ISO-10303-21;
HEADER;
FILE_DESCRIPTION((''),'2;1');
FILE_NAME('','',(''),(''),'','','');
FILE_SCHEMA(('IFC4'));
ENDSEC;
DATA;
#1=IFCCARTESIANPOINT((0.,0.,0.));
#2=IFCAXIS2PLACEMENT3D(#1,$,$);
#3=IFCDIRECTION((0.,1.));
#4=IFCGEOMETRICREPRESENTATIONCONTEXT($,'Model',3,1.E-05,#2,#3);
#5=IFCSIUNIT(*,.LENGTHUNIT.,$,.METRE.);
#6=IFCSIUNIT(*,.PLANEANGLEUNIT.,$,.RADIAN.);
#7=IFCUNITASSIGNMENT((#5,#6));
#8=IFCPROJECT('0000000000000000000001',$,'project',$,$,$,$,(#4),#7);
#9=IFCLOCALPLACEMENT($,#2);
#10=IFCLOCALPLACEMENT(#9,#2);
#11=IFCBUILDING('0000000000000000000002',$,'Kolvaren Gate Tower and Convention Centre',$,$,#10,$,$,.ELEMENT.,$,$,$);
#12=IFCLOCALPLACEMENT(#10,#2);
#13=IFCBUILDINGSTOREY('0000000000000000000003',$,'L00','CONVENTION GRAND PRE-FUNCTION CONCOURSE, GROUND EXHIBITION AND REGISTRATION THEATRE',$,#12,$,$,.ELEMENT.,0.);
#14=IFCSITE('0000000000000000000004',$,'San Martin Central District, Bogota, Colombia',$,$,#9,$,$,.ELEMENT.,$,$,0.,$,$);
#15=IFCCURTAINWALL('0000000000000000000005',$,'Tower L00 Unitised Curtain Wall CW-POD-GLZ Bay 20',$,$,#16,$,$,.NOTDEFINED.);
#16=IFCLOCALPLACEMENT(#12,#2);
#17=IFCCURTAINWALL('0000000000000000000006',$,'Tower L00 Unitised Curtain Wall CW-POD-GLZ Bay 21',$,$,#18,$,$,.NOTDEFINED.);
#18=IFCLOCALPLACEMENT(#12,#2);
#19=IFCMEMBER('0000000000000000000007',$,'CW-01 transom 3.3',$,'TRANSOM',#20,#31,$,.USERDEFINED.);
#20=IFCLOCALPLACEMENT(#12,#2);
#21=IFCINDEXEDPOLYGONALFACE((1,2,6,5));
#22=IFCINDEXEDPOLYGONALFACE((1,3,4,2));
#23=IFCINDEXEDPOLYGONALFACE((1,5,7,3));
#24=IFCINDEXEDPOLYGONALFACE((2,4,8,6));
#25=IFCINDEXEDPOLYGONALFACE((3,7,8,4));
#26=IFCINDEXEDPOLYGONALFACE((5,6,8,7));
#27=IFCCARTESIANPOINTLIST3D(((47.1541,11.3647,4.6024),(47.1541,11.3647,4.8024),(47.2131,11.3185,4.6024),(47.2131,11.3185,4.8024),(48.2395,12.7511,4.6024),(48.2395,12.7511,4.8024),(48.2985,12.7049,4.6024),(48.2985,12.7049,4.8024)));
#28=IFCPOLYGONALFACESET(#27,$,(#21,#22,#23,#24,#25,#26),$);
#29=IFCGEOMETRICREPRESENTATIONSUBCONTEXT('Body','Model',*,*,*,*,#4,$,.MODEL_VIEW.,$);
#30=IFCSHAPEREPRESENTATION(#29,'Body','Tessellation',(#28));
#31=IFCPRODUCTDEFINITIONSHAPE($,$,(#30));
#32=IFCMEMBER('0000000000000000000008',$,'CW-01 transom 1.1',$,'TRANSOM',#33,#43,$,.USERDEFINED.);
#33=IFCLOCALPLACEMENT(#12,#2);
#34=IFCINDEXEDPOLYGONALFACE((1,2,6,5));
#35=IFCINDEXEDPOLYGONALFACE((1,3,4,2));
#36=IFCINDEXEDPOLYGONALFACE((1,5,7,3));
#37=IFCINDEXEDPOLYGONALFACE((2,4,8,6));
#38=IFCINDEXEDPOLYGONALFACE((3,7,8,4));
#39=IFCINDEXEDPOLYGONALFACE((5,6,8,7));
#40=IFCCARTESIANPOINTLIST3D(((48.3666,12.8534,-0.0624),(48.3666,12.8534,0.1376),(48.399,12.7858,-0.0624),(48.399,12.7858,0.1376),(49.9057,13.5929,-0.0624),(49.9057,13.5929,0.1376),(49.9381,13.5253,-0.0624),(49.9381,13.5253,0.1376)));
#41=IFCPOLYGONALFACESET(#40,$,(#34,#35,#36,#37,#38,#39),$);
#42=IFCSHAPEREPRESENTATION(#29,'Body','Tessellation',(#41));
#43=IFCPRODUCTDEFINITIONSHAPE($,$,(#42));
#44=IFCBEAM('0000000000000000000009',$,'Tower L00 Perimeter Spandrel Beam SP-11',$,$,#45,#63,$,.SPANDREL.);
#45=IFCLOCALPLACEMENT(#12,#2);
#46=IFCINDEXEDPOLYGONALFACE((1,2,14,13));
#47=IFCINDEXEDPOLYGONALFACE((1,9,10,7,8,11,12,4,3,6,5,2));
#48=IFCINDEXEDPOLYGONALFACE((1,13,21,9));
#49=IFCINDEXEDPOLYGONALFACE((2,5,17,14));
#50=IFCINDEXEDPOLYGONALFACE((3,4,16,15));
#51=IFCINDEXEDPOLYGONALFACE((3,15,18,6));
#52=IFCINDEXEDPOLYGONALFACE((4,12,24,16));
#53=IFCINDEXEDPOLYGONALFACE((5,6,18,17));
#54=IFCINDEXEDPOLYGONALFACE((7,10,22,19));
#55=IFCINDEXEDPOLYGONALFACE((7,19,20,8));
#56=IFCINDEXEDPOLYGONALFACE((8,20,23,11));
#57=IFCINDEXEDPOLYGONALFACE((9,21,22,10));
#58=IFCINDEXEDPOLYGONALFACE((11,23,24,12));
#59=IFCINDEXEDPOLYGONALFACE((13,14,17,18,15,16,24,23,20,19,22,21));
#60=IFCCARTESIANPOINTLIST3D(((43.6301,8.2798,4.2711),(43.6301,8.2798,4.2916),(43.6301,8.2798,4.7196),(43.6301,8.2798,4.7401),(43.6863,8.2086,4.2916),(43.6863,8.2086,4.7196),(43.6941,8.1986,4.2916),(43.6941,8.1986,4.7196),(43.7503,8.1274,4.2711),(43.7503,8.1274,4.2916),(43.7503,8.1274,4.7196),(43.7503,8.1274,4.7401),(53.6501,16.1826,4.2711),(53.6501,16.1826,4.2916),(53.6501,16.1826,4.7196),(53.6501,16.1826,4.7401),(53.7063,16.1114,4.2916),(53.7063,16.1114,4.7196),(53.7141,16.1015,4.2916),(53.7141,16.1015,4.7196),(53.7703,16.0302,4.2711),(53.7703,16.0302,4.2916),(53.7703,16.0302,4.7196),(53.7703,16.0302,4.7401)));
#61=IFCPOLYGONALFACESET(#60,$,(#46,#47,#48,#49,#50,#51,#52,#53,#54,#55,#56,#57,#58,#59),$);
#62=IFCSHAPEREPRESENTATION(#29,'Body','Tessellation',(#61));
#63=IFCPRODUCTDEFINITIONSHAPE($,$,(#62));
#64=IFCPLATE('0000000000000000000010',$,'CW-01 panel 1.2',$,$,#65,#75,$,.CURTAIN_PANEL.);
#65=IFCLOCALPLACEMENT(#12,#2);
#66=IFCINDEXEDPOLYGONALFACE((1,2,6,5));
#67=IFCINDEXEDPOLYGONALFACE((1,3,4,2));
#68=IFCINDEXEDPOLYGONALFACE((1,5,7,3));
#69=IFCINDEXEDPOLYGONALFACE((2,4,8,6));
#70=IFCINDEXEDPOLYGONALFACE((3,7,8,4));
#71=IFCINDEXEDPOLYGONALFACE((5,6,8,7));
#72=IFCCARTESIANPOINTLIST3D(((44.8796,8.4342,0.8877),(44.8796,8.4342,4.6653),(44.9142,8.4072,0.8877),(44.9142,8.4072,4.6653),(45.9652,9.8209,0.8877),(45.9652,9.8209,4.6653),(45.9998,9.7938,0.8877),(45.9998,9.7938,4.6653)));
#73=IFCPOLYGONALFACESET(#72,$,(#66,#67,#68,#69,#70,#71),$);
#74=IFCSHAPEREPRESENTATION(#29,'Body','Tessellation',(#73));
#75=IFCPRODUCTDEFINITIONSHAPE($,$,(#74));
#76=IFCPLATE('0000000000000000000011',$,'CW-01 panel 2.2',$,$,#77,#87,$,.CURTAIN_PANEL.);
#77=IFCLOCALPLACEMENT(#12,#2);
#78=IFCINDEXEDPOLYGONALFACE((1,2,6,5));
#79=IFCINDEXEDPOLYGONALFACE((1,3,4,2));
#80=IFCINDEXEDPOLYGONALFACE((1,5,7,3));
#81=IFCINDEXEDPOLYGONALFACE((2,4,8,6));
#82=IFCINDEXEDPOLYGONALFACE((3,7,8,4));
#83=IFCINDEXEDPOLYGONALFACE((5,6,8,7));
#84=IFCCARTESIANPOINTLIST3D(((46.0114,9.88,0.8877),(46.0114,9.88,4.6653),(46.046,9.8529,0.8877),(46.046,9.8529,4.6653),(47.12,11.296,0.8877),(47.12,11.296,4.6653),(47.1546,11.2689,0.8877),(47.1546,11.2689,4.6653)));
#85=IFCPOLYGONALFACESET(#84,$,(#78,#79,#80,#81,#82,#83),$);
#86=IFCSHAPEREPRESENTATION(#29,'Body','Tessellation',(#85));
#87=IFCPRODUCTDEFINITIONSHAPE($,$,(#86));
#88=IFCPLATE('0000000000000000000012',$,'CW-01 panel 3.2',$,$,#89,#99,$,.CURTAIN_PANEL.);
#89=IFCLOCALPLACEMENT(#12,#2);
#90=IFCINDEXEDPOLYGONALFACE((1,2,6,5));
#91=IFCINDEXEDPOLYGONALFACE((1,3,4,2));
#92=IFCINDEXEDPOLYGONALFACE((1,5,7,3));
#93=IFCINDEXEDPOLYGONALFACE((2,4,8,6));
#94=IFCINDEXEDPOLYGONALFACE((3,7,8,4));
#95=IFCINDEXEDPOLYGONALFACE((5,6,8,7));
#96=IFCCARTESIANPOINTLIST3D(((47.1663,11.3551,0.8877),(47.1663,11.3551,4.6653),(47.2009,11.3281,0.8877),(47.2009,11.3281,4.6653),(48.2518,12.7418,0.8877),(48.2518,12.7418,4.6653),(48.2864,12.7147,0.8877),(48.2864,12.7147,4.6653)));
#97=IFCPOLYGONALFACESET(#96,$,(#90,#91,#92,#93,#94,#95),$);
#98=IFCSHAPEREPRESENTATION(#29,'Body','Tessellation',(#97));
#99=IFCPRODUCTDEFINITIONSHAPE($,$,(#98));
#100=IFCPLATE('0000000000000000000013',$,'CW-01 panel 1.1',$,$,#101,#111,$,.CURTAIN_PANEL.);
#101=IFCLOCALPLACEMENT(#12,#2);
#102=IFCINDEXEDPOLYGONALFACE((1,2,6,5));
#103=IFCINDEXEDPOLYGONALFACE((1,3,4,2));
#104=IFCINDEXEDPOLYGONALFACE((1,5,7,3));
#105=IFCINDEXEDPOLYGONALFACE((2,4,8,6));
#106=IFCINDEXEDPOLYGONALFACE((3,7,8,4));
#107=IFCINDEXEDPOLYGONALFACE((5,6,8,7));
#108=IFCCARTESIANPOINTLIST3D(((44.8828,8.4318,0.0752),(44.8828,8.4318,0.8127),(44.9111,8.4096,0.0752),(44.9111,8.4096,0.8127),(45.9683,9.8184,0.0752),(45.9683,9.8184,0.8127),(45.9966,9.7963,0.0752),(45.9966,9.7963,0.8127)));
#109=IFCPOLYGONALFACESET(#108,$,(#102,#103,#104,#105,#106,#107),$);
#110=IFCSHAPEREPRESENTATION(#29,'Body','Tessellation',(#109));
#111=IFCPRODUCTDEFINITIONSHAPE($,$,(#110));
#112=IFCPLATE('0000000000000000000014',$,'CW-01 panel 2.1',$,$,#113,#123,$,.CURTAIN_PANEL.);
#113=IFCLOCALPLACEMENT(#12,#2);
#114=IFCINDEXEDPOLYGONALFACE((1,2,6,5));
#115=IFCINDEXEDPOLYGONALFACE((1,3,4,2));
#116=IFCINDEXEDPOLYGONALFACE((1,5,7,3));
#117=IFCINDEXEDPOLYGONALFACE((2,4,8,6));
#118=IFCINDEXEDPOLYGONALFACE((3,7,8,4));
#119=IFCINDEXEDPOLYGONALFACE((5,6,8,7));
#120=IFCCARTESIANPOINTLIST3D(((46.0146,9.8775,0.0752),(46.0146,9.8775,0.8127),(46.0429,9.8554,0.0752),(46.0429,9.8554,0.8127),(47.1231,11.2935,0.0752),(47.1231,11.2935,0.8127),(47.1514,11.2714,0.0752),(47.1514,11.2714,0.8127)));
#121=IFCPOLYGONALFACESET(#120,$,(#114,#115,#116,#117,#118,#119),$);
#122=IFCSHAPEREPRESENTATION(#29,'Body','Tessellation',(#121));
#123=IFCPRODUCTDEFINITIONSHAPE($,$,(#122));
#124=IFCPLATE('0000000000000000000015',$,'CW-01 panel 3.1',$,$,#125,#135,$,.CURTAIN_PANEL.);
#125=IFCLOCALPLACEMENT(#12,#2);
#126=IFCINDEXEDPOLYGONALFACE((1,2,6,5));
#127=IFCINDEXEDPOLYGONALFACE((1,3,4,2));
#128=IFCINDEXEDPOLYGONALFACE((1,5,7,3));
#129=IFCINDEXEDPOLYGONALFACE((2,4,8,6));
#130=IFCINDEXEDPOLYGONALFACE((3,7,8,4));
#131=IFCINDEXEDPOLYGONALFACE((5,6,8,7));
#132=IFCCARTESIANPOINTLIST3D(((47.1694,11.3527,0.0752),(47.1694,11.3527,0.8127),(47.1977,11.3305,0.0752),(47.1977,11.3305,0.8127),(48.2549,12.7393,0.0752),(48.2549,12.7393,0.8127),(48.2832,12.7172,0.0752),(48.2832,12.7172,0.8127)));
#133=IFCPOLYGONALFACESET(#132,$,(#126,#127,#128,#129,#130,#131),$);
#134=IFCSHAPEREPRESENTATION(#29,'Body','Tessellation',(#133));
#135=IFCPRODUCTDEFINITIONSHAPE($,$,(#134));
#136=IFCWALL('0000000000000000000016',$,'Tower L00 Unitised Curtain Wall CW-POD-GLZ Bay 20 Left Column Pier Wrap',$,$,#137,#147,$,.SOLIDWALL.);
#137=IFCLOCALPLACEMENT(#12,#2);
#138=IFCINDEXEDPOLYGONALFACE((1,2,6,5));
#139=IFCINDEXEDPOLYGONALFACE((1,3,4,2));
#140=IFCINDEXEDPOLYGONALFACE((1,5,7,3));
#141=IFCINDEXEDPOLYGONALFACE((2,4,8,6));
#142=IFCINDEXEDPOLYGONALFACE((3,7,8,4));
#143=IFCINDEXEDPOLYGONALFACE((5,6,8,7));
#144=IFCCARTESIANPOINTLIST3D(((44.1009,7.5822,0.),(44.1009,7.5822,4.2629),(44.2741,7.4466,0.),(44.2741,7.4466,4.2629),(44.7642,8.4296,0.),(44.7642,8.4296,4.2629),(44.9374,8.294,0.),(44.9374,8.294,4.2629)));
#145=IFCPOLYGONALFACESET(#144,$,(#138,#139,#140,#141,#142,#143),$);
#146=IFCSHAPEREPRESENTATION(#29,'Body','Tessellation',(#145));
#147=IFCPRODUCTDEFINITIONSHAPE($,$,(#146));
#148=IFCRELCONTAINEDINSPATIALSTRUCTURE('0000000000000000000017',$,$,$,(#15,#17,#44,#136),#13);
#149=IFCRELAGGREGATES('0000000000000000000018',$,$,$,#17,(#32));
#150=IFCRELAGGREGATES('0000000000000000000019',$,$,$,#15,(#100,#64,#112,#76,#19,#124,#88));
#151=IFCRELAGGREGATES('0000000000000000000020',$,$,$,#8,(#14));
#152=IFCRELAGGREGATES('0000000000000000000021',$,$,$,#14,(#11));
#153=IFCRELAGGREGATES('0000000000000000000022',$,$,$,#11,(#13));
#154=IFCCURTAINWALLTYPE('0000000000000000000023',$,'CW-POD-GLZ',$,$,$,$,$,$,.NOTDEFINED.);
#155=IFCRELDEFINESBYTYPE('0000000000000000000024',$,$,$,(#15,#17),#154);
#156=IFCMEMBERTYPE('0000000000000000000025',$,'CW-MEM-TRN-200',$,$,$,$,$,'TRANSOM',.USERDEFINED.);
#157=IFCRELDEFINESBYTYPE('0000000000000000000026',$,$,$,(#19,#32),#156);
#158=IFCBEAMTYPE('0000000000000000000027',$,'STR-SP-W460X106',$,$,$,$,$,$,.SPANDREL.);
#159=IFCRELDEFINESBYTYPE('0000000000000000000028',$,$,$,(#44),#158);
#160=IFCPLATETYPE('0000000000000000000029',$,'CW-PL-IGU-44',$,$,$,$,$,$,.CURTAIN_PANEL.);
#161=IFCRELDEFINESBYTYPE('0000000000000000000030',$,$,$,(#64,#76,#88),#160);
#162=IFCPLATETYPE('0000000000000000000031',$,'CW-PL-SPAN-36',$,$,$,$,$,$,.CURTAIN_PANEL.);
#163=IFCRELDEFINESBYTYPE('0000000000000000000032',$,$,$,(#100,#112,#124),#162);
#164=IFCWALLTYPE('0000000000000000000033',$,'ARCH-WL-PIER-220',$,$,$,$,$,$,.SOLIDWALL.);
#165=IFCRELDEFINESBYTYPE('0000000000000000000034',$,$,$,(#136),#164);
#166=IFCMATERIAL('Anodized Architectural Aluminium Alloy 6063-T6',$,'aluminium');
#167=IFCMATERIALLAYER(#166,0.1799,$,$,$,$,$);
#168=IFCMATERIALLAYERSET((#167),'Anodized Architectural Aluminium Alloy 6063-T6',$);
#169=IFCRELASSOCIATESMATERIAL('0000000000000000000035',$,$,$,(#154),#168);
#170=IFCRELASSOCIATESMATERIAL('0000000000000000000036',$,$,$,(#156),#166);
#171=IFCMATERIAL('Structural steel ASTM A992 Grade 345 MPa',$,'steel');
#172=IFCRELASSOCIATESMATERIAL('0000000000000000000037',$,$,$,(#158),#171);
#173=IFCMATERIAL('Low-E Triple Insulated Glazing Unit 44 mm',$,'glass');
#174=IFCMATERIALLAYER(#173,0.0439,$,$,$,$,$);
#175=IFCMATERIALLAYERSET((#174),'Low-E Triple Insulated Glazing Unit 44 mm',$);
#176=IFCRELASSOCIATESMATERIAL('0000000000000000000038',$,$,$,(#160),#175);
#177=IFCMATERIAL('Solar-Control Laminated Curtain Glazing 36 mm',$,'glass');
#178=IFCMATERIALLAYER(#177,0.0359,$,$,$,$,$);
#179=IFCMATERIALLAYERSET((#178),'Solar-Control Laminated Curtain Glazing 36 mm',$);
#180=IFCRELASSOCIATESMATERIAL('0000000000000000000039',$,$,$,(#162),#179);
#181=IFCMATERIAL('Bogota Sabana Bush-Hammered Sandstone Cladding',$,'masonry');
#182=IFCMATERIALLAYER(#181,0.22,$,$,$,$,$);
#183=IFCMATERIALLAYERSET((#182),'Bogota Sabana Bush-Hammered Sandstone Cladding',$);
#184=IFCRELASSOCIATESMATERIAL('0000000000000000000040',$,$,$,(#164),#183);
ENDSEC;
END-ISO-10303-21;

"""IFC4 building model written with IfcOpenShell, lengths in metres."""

from ifc_helpers import new_model, si_unit, direction, frame, frame_2d, origin, origin_2d, place, context, subcontext, project, spatial, rectangle, i_section, extrude, material, layer, layer_set, material_profile, profile_set, type_object, element, aggregate, save


model = new_model("IFC4")

# Units and contexts
model_context = context("Model", 3, precision=1e-05, world=origin(), true_north=direction((0.0, 1.0)))
body_context = subcontext(model_context, "Body", "Model", "MODEL_VIEW")
ifc_project = project(units=[si_unit("LENGTHUNIT", "METRE"), si_unit("PLANEANGLEUNIT", "RADIAN")], contexts=[model_context])

# Site, building, storey
site_placement = place(None, origin())
site = spatial("IfcSite", under=ifc_project, at=site_placement, Name="San Martin Central District, Bogota, Colombia", CompositionType="ELEMENT", RefElevation=0.0)
building_placement = place(site_placement, origin())
building = spatial("IfcBuilding", under=site, at=building_placement, Name="Kolvaren Gate Tower and Convention Centre", CompositionType="ELEMENT")
storey_placement = place(building_placement, origin())
storey = spatial("IfcBuildingStorey", under=building, at=storey_placement, Name="L00", Description="CONVENTION GRAND PRE-FUNCTION CONCOURSE, GROUND EXHIBITION AND REGISTRATION THEATRE", CompositionType="ELEMENT", Elevation=0.0)

# Curtain wall
ifc_material_1 = material(Name="Anodized Architectural Aluminium Alloy 6063-T6", Category="aluminium")
ifc_layer_1 = layer(ifc_material_1, 0.1799)
ifc_layer_set_1 = layer_set([ifc_layer_1], Name="Anodized Architectural Aluminium Alloy 6063-T6")
curtain_wall_type = type_object("IfcCurtainWallType", Name="CW-POD-GLZ", PredefinedType="NOTDEFINED", material=ifc_layer_set_1)
curtain_wall_1_placement = place(storey_placement, origin())
curtain_wall_1 = element("IfcCurtainWall", 1, at=curtain_wall_1_placement, inside=storey, type_object=curtain_wall_type, Name="Tower L00 Unitised Curtain Wall CW-POD-GLZ Bay 20", PredefinedType="NOTDEFINED")

# Curtain wall
curtain_wall_2_placement = place(storey_placement, origin())
curtain_wall_2 = element("IfcCurtainWall", 2, at=curtain_wall_2_placement, inside=storey, type_object=curtain_wall_type, Name="Tower L00 Unitised Curtain Wall CW-POD-GLZ Bay 21", PredefinedType="NOTDEFINED")

# Members
ifc_material_profile_1 = material_profile(ifc_material_1, rectangle(XDim=0.075, YDim=0.2, at=origin_2d()), Name="CW-MEM-TRN-200")
ifc_profile_set_1 = profile_set([ifc_material_profile_1], Name="Anodized Architectural Aluminium Alloy 6063-T6")
member_type_1 = type_object("IfcMemberType", Name="CW-MEM-TRN-200", ElementType="TRANSOM", PredefinedType="USERDEFINED", material=ifc_profile_set_1)
member_1_placement = place(storey_placement, frame((47.1836, 11.3416, 4.7024), z_axis=(0.616443, 0.7874, 0.0), x_axis=(-0.7874, 0.616443, 0.0)))
member_1 = element("IfcMember", 3, at=member_1_placement, type_object=member_type_1, Name="CW-01 transom 3.3", ObjectType="TRANSOM", PredefinedType="USERDEFINED", context=body_context, shape_type="SweptSolid", body=[
    extrude(rectangle(XDim=0.075, YDim=0.2, at=origin_2d()), origin(), (0.0, 0.0, 1.0), 1.7607),
])
member_2_placement = place(storey_placement, frame((48.3828, 12.8196, 0.0376), z_axis=(0.901351, 0.433089, 0.0), x_axis=(-0.433089, 0.901351, 0.0)))
member_2 = element("IfcMember", 4, at=member_2_placement, type_object=member_type_1, Name="CW-01 transom 1.1", ObjectType="TRANSOM", PredefinedType="USERDEFINED", context=body_context, shape_type="SweptSolid", body=[
    extrude(rectangle(XDim=0.075, YDim=0.2, at=origin_2d()), origin(), (0.0, 0.0, 1.0), 1.7075),
])
aggregate(curtain_wall_2, [member_2])

# Beam
ifc_material_2 = material(Name="Structural steel ASTM A992 Grade 345 MPa", Category="steel")
ifc_material_profile_2 = material_profile(ifc_material_2, i_section(OverallWidth=0.1941, OverallDepth=0.469, WebThickness=0.0127, FlangeThickness=0.0205, at=origin_2d()), Name="W460X106")
ifc_profile_set_2 = profile_set([ifc_material_profile_2], Name="Structural steel ASTM A992 Grade 345 MPa")
beam_type = type_object("IfcBeamType", Name="STR-SP-W460X106", PredefinedType="SPANDREL", material=ifc_profile_set_2)
beam_placement = place(storey_placement, frame((43.6902, 8.2036, 4.5056), z_axis=(0.785176, 0.619272, 0.0), x_axis=(-0.619272, 0.785176, 0.0)))
element("IfcBeam", 5, at=beam_placement, inside=storey, type_object=beam_type, Name="Tower L00 Perimeter Spandrel Beam SP-11", PredefinedType="SPANDREL", context=body_context, shape_type="SweptSolid", body=[
    extrude(i_section(OverallWidth=0.1941, OverallDepth=0.469, WebThickness=0.0127, FlangeThickness=0.0205, at=origin_2d()), origin(), (0.0, 0.0, 1.0), 12.7615),
])

# Plates
ifc_material_3 = material(Name="Low-E Triple Insulated Glazing Unit 44 mm", Category="glass")
ifc_layer_2 = layer(ifc_material_3, 0.0439)
ifc_layer_set_2 = layer_set([ifc_layer_2], Name="Low-E Triple Insulated Glazing Unit 44 mm")
plate_type_1 = type_object("IfcPlateType", Name="CW-PL-IGU-44", PredefinedType="CURTAIN_PANEL", material=ifc_layer_set_2)
plate_1_placement = place(storey_placement, frame((45.4397, 9.114, 0.8877), z_axis=(0.0, 0.0, 1.0), x_axis=(0.616426, 0.787413, 0.0)))
plate_1 = element("IfcPlate", 6, at=plate_1_placement, type_object=plate_type_1, Name="CW-01 panel 1.2", PredefinedType="CURTAIN_PANEL", context=body_context, shape_type="SweptSolid", body=[
    extrude(rectangle(XDim=1.761, YDim=0.0439, at=origin_2d()), origin(), (0.0, 0.0, 1.0), 3.7776),
])
plate_2_placement = place(storey_placement, frame((46.583, 10.5745, 0.8877), z_axis=(0.0, 0.0, 1.0), x_axis=(0.616426, 0.787413, 0.0)))
plate_2 = element("IfcPlate", 7, at=plate_2_placement, type_object=plate_type_1, Name="CW-01 panel 2.2", PredefinedType="CURTAIN_PANEL", context=body_context, shape_type="SweptSolid", body=[
    extrude(rectangle(XDim=1.7983, YDim=0.0439, at=origin_2d()), origin(), (0.0, 0.0, 1.0), 3.7776),
])
plate_3_placement = place(storey_placement, frame((47.7263, 12.0349, 0.8877), z_axis=(0.0, 0.0, 1.0), x_axis=(0.616426, 0.787413, 0.0)))
plate_3 = element("IfcPlate", 8, at=plate_3_placement, type_object=plate_type_1, Name="CW-01 panel 3.2", PredefinedType="CURTAIN_PANEL", context=body_context, shape_type="SweptSolid", body=[
    extrude(rectangle(XDim=1.761, YDim=0.0439, at=origin_2d()), origin(), (0.0, 0.0, 1.0), 3.7776),
])
ifc_material_4 = material(Name="Solar-Control Laminated Curtain Glazing 36 mm", Category="glass")
ifc_layer_3 = layer(ifc_material_4, 0.0359)
ifc_layer_set_3 = layer_set([ifc_layer_3], Name="Solar-Control Laminated Curtain Glazing 36 mm")
plate_type_2 = type_object("IfcPlateType", Name="CW-PL-SPAN-36", PredefinedType="CURTAIN_PANEL", material=ifc_layer_set_3)
plate_4_placement = place(storey_placement, frame((45.4397, 9.114, 0.0752), z_axis=(0.0, 0.0, 1.0), x_axis=(0.616426, 0.787413, 0.0)))
plate_4 = element("IfcPlate", 9, at=plate_4_placement, type_object=plate_type_2, Name="CW-01 panel 1.1", PredefinedType="CURTAIN_PANEL", context=body_context, shape_type="SweptSolid", body=[
    extrude(rectangle(XDim=1.761, YDim=0.0359, at=origin_2d()), origin(), (0.0, 0.0, 1.0), 0.7375),
])
plate_5_placement = place(storey_placement, frame((46.583, 10.5745, 0.0752), z_axis=(0.0, 0.0, 1.0), x_axis=(0.616426, 0.787413, 0.0)))
plate_5 = element("IfcPlate", 10, at=plate_5_placement, type_object=plate_type_2, Name="CW-01 panel 2.1", PredefinedType="CURTAIN_PANEL", context=body_context, shape_type="SweptSolid", body=[
    extrude(rectangle(XDim=1.7983, YDim=0.0359, at=origin_2d()), origin(), (0.0, 0.0, 1.0), 0.7375),
])
plate_6_placement = place(storey_placement, frame((47.7263, 12.0349, 0.0752), z_axis=(0.0, 0.0, 1.0), x_axis=(0.616426, 0.787413, 0.0)))
plate_6 = element("IfcPlate", 11, at=plate_6_placement, type_object=plate_type_2, Name="CW-01 panel 3.1", PredefinedType="CURTAIN_PANEL", context=body_context, shape_type="SweptSolid", body=[
    extrude(rectangle(XDim=1.761, YDim=0.0359, at=origin_2d()), origin(), (0.0, 0.0, 1.0), 0.7375),
])
aggregate(curtain_wall_1, [plate_4, plate_1, plate_5, plate_2, member_1, plate_6, plate_3])

# Wall
ifc_material_5 = material(Name="Bogota Sabana Bush-Hammered Sandstone Cladding", Category="masonry")
ifc_layer_4 = layer(ifc_material_5, 0.22)
ifc_layer_set_4 = layer_set([ifc_layer_4], Name="Bogota Sabana Bush-Hammered Sandstone Cladding")
wall_type = type_object("IfcWallType", Name="ARCH-WL-PIER-220", PredefinedType="SOLIDWALL", material=ifc_layer_set_4)
wall_placement = place(storey_placement, frame((44.1875, 7.5144, 0.0), z_axis=(0.0, 0.0, 1.0), x_axis=(0.616388, 0.787443, 0.0)))
element("IfcWall", 12, at=wall_placement, inside=storey, type_object=wall_type, Name="Tower L00 Unitised Curtain Wall CW-POD-GLZ Bay 20 Left Column Pier Wrap", PredefinedType="SOLIDWALL", context=body_context, shape_type="SweptSolid", body=[
    extrude(rectangle(XDim=1.0762, YDim=0.22, at=frame_2d((0.5381, 0.0))), origin(), (0.0, 0.0, 1.0), 4.2629),
])

save(model, "model.ifc")
